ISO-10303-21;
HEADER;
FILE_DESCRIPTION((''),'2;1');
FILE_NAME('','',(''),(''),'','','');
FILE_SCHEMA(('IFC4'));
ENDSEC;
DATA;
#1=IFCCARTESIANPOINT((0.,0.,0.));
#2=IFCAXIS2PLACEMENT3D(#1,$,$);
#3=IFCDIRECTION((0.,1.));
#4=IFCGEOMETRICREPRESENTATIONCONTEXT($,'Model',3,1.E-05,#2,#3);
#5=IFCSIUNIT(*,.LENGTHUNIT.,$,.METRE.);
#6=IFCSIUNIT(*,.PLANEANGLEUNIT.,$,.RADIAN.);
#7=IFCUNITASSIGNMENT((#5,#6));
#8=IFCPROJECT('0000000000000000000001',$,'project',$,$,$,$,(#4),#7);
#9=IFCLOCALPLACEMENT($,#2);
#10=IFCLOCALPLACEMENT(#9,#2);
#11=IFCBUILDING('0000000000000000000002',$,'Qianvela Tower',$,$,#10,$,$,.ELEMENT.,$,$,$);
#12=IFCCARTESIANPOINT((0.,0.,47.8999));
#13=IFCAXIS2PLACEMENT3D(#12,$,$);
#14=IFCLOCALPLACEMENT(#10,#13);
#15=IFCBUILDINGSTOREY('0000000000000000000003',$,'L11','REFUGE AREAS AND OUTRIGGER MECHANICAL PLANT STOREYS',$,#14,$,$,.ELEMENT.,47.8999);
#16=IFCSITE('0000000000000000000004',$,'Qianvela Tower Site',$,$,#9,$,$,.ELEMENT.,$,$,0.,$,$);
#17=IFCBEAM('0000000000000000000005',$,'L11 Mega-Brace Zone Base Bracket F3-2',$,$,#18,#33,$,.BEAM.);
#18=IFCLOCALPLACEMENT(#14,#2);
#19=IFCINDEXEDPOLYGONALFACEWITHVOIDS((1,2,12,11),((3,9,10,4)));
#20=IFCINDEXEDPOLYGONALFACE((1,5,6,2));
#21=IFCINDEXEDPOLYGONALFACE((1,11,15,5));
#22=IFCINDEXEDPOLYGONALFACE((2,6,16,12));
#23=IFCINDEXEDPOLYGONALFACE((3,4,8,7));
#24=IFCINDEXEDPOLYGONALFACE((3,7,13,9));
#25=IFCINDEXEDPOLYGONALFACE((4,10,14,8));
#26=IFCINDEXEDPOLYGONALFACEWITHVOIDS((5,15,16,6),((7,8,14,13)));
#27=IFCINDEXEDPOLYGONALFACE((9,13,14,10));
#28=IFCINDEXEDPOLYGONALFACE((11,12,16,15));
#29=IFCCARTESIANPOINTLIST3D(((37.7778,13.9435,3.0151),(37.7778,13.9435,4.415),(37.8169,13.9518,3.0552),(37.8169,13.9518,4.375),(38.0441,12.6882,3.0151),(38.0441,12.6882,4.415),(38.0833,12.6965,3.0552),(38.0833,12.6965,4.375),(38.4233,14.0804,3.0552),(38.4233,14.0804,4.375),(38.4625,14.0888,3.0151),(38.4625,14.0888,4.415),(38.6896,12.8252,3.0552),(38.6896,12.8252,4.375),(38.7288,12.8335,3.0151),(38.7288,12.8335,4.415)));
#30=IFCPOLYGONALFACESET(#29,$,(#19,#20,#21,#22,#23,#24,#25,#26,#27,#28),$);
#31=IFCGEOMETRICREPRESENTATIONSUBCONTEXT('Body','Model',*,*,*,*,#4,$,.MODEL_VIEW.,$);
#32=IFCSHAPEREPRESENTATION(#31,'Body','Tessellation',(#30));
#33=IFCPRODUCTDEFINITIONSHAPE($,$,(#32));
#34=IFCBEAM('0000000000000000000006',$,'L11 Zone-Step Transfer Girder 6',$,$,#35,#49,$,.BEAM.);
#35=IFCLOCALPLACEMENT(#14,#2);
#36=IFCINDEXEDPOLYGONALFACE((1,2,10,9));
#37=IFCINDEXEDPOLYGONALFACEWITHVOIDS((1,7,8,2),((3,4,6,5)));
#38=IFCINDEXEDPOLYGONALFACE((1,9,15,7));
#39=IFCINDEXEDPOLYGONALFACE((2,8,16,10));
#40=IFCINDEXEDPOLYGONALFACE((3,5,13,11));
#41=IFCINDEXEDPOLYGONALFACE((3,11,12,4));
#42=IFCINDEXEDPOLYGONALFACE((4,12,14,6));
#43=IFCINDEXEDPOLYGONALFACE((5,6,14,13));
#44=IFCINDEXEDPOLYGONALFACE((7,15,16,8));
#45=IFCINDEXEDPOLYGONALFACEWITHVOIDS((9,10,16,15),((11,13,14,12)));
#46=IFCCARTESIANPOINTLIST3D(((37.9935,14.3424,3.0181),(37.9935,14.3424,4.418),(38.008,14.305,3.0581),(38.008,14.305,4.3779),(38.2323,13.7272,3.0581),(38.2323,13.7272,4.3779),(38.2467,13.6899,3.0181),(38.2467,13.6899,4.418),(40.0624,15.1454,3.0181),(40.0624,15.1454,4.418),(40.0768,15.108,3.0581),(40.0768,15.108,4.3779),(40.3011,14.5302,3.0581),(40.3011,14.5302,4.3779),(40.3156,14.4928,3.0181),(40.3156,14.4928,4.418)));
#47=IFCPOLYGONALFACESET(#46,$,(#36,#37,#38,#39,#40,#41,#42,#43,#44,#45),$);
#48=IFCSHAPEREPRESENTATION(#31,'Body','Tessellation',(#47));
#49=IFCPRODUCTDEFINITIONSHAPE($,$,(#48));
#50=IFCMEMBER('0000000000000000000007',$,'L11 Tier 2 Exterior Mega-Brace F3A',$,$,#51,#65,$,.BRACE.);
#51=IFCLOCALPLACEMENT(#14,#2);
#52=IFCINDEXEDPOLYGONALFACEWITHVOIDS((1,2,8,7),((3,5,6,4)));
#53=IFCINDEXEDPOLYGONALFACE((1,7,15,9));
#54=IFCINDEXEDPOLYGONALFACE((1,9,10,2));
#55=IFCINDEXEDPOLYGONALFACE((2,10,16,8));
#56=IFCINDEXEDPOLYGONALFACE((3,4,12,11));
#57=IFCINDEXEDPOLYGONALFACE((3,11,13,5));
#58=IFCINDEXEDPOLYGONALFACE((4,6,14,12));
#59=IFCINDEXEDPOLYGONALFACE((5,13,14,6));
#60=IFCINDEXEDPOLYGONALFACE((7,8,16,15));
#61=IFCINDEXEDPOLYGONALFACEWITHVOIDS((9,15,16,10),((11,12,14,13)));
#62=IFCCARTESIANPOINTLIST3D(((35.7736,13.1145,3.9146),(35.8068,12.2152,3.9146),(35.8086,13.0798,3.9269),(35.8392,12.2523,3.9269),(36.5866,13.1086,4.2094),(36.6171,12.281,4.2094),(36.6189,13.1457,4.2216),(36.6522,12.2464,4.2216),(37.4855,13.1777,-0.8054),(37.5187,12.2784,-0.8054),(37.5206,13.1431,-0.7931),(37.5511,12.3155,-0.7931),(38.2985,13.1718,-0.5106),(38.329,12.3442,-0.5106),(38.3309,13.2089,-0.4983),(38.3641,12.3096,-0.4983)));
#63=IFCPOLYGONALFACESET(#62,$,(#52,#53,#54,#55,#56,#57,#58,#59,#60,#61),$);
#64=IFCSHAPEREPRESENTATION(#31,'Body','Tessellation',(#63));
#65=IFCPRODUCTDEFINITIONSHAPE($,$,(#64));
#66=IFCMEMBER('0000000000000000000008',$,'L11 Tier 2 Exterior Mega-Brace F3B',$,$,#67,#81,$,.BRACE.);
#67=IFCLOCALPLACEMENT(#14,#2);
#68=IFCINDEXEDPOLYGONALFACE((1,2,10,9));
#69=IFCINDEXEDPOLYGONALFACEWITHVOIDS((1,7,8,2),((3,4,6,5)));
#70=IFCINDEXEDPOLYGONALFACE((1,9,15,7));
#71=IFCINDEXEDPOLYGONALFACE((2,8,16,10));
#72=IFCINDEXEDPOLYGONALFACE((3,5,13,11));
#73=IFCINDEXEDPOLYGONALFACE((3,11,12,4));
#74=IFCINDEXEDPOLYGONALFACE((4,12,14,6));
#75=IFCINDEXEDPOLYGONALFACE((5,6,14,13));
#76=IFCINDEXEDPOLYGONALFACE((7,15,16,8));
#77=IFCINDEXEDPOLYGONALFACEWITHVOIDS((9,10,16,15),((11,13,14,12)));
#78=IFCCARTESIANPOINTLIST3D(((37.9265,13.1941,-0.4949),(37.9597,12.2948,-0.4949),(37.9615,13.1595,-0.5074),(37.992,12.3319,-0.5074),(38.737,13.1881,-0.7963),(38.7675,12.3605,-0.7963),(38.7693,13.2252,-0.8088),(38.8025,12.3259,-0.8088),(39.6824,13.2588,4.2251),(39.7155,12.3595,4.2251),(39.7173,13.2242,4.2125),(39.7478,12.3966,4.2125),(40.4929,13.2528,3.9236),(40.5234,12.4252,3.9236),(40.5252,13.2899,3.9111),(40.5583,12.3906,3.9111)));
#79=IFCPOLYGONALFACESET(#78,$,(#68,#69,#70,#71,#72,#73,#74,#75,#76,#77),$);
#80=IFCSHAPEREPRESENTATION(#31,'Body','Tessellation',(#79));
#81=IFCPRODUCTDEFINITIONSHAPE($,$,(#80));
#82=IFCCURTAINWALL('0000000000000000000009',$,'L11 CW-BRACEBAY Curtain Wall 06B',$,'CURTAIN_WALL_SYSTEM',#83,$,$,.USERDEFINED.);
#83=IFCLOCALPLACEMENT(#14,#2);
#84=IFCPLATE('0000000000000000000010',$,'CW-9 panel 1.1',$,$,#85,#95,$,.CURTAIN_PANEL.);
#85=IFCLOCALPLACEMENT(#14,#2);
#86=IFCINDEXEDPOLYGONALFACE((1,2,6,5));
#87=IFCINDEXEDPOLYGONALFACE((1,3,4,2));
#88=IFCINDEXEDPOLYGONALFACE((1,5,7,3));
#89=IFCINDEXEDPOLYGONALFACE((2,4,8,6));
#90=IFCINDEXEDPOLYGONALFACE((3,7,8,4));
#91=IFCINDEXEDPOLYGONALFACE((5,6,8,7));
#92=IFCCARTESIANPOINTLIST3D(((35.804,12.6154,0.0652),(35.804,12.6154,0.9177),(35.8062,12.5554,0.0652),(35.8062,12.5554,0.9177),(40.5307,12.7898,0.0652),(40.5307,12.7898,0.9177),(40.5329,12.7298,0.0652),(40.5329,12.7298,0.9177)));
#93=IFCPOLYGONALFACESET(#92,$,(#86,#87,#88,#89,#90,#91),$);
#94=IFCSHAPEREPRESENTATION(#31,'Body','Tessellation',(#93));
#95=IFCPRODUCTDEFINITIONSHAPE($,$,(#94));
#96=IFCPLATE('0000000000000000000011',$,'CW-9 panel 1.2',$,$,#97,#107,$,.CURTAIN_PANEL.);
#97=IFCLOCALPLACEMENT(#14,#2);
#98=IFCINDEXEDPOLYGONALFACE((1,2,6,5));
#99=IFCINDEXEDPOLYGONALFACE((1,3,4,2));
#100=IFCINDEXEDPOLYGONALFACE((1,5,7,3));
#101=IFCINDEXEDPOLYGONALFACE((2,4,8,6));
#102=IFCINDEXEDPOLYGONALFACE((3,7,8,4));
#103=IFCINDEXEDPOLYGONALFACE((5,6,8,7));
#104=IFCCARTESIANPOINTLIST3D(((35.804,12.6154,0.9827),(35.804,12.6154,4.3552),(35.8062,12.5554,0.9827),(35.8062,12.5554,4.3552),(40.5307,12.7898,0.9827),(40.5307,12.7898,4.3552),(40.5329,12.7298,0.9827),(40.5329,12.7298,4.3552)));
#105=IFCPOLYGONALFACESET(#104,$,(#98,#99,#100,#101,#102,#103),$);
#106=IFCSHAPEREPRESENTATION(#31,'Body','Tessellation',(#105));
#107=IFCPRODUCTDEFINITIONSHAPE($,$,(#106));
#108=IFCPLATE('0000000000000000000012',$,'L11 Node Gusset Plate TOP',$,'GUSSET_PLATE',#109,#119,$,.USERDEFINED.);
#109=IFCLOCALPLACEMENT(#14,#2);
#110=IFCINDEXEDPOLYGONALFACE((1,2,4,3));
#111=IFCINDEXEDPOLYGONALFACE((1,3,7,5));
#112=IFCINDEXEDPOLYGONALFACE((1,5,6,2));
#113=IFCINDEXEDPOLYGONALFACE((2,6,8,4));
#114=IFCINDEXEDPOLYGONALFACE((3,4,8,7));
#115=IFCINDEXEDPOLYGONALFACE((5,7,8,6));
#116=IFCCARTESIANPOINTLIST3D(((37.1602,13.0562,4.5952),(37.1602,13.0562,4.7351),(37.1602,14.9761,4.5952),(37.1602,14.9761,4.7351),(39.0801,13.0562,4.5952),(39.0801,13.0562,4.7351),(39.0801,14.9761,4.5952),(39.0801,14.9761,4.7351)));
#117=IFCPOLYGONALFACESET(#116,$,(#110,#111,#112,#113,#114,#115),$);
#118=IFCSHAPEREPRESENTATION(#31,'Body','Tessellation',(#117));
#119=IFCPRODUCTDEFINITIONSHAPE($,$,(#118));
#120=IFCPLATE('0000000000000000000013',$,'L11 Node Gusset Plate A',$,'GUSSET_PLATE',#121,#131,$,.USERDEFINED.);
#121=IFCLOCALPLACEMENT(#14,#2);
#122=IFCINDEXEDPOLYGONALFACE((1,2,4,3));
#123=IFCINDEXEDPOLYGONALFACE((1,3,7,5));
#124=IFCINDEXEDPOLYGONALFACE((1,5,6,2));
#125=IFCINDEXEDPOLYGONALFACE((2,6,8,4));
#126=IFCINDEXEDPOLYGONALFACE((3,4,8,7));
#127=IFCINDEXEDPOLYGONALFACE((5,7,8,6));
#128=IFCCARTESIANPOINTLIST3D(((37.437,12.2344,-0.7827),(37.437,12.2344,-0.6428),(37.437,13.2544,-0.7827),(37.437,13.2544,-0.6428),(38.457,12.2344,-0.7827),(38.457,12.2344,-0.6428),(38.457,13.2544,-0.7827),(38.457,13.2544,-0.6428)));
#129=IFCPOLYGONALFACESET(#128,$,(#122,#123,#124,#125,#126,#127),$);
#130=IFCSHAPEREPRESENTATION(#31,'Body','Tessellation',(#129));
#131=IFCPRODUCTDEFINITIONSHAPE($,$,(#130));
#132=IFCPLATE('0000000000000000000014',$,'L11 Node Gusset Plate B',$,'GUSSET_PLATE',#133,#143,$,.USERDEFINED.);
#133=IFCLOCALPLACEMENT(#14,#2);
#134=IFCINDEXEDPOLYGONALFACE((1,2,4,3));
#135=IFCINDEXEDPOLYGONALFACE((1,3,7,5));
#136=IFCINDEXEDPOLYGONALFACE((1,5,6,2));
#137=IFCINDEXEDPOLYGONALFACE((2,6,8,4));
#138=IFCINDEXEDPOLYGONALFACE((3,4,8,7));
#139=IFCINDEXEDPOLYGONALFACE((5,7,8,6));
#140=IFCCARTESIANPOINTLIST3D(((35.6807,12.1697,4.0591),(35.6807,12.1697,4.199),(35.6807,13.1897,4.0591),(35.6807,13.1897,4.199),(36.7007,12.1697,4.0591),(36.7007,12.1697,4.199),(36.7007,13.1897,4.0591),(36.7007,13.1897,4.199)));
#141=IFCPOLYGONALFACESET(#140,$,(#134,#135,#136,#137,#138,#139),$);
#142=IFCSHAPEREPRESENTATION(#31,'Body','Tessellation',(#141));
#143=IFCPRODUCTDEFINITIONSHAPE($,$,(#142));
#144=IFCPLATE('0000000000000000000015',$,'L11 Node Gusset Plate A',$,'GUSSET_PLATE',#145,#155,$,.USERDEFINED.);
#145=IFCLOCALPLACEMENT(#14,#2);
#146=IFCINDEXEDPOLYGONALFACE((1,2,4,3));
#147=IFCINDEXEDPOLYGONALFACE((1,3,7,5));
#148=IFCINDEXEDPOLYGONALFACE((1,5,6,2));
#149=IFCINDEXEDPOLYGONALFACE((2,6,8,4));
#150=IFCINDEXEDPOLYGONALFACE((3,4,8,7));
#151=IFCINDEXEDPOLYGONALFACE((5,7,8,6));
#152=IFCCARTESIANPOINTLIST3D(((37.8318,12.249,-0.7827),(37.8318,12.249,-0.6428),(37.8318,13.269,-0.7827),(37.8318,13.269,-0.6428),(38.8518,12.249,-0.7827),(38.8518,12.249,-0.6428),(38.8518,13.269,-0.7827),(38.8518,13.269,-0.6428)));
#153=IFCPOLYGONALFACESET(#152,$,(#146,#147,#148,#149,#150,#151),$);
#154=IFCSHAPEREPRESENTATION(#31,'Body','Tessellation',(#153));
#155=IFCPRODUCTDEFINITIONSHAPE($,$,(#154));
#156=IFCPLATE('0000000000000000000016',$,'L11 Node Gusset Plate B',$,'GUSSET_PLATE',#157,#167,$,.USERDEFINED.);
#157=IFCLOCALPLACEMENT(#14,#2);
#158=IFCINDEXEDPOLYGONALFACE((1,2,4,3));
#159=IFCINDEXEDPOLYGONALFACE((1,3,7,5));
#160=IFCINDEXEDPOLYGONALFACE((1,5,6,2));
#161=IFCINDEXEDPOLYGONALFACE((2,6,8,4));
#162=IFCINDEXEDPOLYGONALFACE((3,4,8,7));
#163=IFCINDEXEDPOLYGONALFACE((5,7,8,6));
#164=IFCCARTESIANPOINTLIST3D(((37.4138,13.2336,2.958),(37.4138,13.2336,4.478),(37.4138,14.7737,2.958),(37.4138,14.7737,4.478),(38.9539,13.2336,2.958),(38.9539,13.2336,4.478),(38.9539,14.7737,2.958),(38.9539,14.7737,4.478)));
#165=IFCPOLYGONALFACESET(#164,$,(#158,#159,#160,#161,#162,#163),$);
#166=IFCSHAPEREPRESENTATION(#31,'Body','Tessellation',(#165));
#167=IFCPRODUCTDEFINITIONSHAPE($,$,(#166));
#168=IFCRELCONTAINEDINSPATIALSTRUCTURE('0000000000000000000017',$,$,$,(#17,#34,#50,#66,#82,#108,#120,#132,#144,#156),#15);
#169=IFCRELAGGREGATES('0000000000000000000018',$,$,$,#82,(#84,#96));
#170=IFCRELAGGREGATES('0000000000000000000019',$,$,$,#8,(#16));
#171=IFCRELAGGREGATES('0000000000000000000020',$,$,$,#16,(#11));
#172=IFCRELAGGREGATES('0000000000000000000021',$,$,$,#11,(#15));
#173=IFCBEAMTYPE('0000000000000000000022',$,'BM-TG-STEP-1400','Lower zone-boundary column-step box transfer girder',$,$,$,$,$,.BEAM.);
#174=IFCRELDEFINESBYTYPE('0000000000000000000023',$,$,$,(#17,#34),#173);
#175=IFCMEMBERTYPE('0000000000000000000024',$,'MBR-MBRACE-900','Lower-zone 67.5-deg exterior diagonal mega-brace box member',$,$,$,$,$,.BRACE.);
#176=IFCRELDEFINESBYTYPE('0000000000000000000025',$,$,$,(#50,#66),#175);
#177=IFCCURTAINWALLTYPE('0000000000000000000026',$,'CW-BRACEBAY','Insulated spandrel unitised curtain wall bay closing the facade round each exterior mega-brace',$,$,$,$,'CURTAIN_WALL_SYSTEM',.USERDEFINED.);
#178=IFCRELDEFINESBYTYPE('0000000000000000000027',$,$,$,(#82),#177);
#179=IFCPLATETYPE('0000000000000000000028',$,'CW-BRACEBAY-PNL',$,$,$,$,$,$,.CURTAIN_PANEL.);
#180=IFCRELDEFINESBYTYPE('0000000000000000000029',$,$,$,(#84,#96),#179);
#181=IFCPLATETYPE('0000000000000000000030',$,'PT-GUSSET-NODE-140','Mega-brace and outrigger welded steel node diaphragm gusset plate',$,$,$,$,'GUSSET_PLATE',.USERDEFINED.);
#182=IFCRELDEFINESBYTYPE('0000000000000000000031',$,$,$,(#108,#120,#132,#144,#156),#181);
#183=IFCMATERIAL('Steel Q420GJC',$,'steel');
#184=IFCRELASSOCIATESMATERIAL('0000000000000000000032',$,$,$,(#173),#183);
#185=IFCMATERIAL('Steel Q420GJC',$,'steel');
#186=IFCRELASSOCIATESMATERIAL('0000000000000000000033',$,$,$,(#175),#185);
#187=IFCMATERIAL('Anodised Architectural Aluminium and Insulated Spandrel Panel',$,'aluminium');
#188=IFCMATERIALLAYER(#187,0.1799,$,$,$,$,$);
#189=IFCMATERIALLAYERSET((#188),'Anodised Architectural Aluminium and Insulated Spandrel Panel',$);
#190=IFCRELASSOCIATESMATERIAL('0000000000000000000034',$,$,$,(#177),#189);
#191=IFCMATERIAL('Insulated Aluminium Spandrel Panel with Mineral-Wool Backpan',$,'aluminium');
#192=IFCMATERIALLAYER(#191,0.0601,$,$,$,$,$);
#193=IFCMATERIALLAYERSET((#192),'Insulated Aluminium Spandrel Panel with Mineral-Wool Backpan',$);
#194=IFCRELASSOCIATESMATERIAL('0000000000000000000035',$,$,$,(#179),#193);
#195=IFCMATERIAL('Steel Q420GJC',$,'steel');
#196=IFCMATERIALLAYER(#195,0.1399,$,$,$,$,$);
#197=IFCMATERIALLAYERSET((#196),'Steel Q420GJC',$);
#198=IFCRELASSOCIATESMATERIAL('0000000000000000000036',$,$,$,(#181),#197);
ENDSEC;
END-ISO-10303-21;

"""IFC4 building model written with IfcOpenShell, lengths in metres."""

from ifc_helpers import new_model, si_unit, direction, frame, origin, origin_2d, place, context, subcontext, project, spatial, rectangle, hollow_rectangle, extrude, material, layer, layer_set, material_profile, profile_set, type_object, element, aggregate, save


model = new_model("IFC4")

# Units and contexts
model_context = context("Model", 3, precision=1e-05, world=origin(), true_north=direction((0.0, 1.0)))
body_context = subcontext(model_context, "Body", "Model", "MODEL_VIEW")
ifc_project = project(units=[si_unit("LENGTHUNIT", "METRE"), si_unit("PLANEANGLEUNIT", "RADIAN")], contexts=[model_context])

# Site, building, storey
site_placement = place(None, origin())
site = spatial("IfcSite", under=ifc_project, at=site_placement, Name="Qianvela Tower Site", CompositionType="ELEMENT", RefElevation=0.0)
building_placement = place(site_placement, origin())
building = spatial("IfcBuilding", under=site, at=building_placement, Name="Qianvela Tower", CompositionType="ELEMENT")
storey_placement = place(building_placement, frame((0.0, 0.0, 47.8999)))
storey = spatial("IfcBuildingStorey", under=building, at=storey_placement, Name="L11", Description="REFUGE AREAS AND OUTRIGGER MECHANICAL PLANT STOREYS", CompositionType="ELEMENT", Elevation=47.8999)

# Beams
ifc_material_1 = material(Name="Steel Q420GJC", Category="steel")
ifc_material_profile_1 = material_profile(ifc_material_1, hollow_rectangle(XDim=0.7, YDim=1.3999, WallThickness=0.04, at=origin_2d()), Name="TG-BOX-1400x700x40")
ifc_profile_set_1 = profile_set([ifc_material_profile_1], Name="Steel Q420GJC")
beam_type_1 = type_object("IfcBeamType", Name="BM-TG-STEP-1400", Description="Lower zone-boundary column-step box transfer girder", PredefinedType="BEAM", material=ifc_profile_set_1)
beam_1_placement = place(storey_placement, frame((38.1201, 14.0161, 3.7151), z_axis=(0.207554, -0.978224, 0.0), x_axis=(0.978224, 0.207554, 0.0)))
element("IfcBeam", 1, at=beam_1_placement, inside=storey, type_object=beam_type_1, Name="L11 Mega-Brace Zone Base Bracket F3-2", PredefinedType="BEAM", context=body_context, shape_type="SweptSolid", body=[
    extrude(hollow_rectangle(XDim=0.7, YDim=1.3999, WallThickness=0.04, at=origin_2d()), origin(), (0.0, 0.0, 1.0), 1.2832),
])
beam_2_placement = place(storey_placement, frame((38.1201, 14.0161, 3.718), z_axis=(0.932244, 0.36183, 0.0), x_axis=(-0.36183, 0.932244, 0.0)))
element("IfcBeam", 2, at=beam_2_placement, inside=storey, type_object=beam_type_1, Name="L11 Zone-Step Transfer Girder 6", PredefinedType="BEAM", context=body_context, shape_type="SweptSolid", body=[
    extrude(hollow_rectangle(XDim=0.7, YDim=1.3999, WallThickness=0.04, at=origin_2d()), origin(), (0.0, 0.0, 1.0), 2.2192),
])

# Members
ifc_material_2 = material(Name="Steel Q420GJC", Category="steel")
ifc_material_profile_2 = material_profile(ifc_material_2, hollow_rectangle(XDim=0.8999, YDim=0.8999, WallThickness=0.0359, at=origin_2d()), Name="MBOX-900x900x36")
ifc_profile_set_2 = profile_set([ifc_material_profile_2], Name="Steel Q420GJC")
member_type = type_object("IfcMemberType", Name="MBR-MBRACE-900", Description="Lower-zone 67.5-deg exterior diagonal mega-brace box member", PredefinedType="BRACE", material=ifc_profile_set_2)
member_1_placement = place(storey_placement, frame((37.9248, 12.7437, -0.6519), z_axis=(-0.340935, -0.012593, 0.940003), x_axis=(0.036912, -0.999319, 0.0)))
element("IfcMember", 3, at=member_1_placement, inside=storey, type_object=member_type, Name="L11 Tier 2 Exterior Mega-Brace F3A", PredefinedType="BRACE", context=body_context, shape_type="SweptSolid", body=[
    extrude(hollow_rectangle(XDim=0.8999, YDim=0.8999, WallThickness=0.0359, at=origin_2d()), origin(), (0.0, 0.0, 1.0), 5.0212),
])
member_2_placement = place(storey_placement, frame((38.3645, 12.76, -0.6519), z_axis=(0.348634, 0.012846, 0.937171), x_axis=(-0.036822, 0.999322, 0.0)))
element("IfcMember", 4, at=member_2_placement, inside=storey, type_object=member_type, Name="L11 Tier 2 Exterior Mega-Brace F3B", PredefinedType="BRACE", context=body_context, shape_type="SweptSolid", body=[
    extrude(hollow_rectangle(XDim=0.8999, YDim=0.8999, WallThickness=0.0359, at=origin_2d()), origin(), (0.0, 0.0, 1.0), 5.0364),
])

# Curtain wall, plates
ifc_material_3 = material(Name="Anodised Architectural Aluminium and Insulated Spandrel Panel", Category="aluminium")
ifc_layer_1 = layer(ifc_material_3, 0.1799)
ifc_layer_set_1 = layer_set([ifc_layer_1], Name="Anodised Architectural Aluminium and Insulated Spandrel Panel")
curtain_wall_type = type_object("IfcCurtainWallType", Name="CW-BRACEBAY", Description="Insulated spandrel unitised curtain wall bay closing the facade round each exterior mega-brace", ElementType="CURTAIN_WALL_SYSTEM", PredefinedType="USERDEFINED", material=ifc_layer_set_1)
curtain_wall_placement = place(storey_placement, origin())
curtain_wall = element("IfcCurtainWall", 5, at=curtain_wall_placement, inside=storey, type_object=curtain_wall_type, Name="L11 CW-BRACEBAY Curtain Wall 06B", ObjectType="CURTAIN_WALL_SYSTEM", PredefinedType="USERDEFINED")
ifc_material_4 = material(Name="Insulated Aluminium Spandrel Panel with Mineral-Wool Backpan", Category="aluminium")
ifc_layer_2 = layer(ifc_material_4, 0.0601)
ifc_layer_set_2 = layer_set([ifc_layer_2], Name="Insulated Aluminium Spandrel Panel with Mineral-Wool Backpan")
plate_type_1 = type_object("IfcPlateType", Name="CW-BRACEBAY-PNL", PredefinedType="CURTAIN_PANEL", material=ifc_layer_set_2)
plate_1_placement = place(storey_placement, frame((38.1685, 12.6726, 0.0652), z_axis=(0.0, 0.0, 1.0), x_axis=(0.99932, 0.036872, 0.0)))
plate_1 = element("IfcPlate", 6, at=plate_1_placement, type_object=plate_type_1, Name="CW-9 panel 1.1", PredefinedType="CURTAIN_PANEL", context=body_context, shape_type="SweptSolid", body=[
    extrude(rectangle(XDim=4.73, YDim=0.0601, at=origin_2d()), origin(), (0.0, 0.0, 1.0), 0.8525),
])
plate_2_placement = place(storey_placement, frame((38.1685, 12.6726, 0.9827), z_axis=(0.0, 0.0, 1.0), x_axis=(0.99932, 0.036872, 0.0)))
plate_2 = element("IfcPlate", 7, at=plate_2_placement, type_object=plate_type_1, Name="CW-9 panel 1.2", PredefinedType="CURTAIN_PANEL", context=body_context, shape_type="SweptSolid", body=[
    extrude(rectangle(XDim=4.73, YDim=0.0601, at=origin_2d()), origin(), (0.0, 0.0, 1.0), 3.3726),
])
aggregate(curtain_wall, [plate_1, plate_2])

# Plates
ifc_material_5 = material(Name="Steel Q420GJC", Category="steel")
ifc_layer_3 = layer(ifc_material_5, 0.1399)
ifc_layer_set_3 = layer_set([ifc_layer_3], Name="Steel Q420GJC")
plate_type_2 = type_object("IfcPlateType", Name="PT-GUSSET-NODE-140", Description="Mega-brace and outrigger welded steel node diaphragm gusset plate", ElementType="GUSSET_PLATE", PredefinedType="USERDEFINED", material=ifc_layer_set_3)
plate_3_placement = place(storey_placement, frame((38.1201, 14.0161, 4.5952), z_axis=(0.0, 0.0, 1.0), x_axis=(1.0, 0.0, 0.0)))
element("IfcPlate", 8, at=plate_3_placement, inside=storey, type_object=plate_type_2, Name="L11 Node Gusset Plate TOP", ObjectType="GUSSET_PLATE", PredefinedType="USERDEFINED", context=body_context, shape_type="SweptSolid", body=[
    extrude(rectangle(XDim=1.9199, YDim=1.9199, at=origin_2d()), origin(), (0.0, 0.0, 1.0), 0.1399),
])
for number, where, z_axis, x_axis, name in (
    (9, (37.947, 12.7444, -0.7827), (0.0, 0.0, 1.0), (1.0, 0.0, 0.0), "L11 Node Gusset Plate A"),
    (10, (36.1907, 12.6797, 4.0591), (0.0, 0.0, 1.0), (1.0, 0.0, 0.0), "L11 Node Gusset Plate B"),
    (11, (38.3418, 12.759, -0.7827), (0.0, 0.0, 1.0), (1.0, 0.0, 0.0), "L11 Node Gusset Plate A"),
):
    element("IfcPlate", number, at=place(storey_placement, frame(where, z_axis=z_axis, x_axis=x_axis)), inside=storey, type_object=plate_type_2, Name=name, ObjectType="GUSSET_PLATE", PredefinedType="USERDEFINED", context=body_context, shape_type="SweptSolid", body=[
        extrude(rectangle(XDim=1.02, YDim=1.02, at=origin_2d()), origin(), (0.0, 0.0, 1.0), 0.1399),
    ])
plate_4_placement = place(storey_placement, frame((38.1838, 14.0037, 2.958), z_axis=(0.0, 0.0, 1.0), x_axis=(1.0, 0.0, 0.0)))
element("IfcPlate", 12, at=plate_4_placement, inside=storey, type_object=plate_type_2, Name="L11 Node Gusset Plate B", ObjectType="GUSSET_PLATE", PredefinedType="USERDEFINED", context=body_context, shape_type="SweptSolid", body=[
    extrude(rectangle(XDim=1.54, YDim=1.54, at=origin_2d()), origin(), (0.0, 0.0, 1.0), 1.52),
])

save(model, "model.ifc")
